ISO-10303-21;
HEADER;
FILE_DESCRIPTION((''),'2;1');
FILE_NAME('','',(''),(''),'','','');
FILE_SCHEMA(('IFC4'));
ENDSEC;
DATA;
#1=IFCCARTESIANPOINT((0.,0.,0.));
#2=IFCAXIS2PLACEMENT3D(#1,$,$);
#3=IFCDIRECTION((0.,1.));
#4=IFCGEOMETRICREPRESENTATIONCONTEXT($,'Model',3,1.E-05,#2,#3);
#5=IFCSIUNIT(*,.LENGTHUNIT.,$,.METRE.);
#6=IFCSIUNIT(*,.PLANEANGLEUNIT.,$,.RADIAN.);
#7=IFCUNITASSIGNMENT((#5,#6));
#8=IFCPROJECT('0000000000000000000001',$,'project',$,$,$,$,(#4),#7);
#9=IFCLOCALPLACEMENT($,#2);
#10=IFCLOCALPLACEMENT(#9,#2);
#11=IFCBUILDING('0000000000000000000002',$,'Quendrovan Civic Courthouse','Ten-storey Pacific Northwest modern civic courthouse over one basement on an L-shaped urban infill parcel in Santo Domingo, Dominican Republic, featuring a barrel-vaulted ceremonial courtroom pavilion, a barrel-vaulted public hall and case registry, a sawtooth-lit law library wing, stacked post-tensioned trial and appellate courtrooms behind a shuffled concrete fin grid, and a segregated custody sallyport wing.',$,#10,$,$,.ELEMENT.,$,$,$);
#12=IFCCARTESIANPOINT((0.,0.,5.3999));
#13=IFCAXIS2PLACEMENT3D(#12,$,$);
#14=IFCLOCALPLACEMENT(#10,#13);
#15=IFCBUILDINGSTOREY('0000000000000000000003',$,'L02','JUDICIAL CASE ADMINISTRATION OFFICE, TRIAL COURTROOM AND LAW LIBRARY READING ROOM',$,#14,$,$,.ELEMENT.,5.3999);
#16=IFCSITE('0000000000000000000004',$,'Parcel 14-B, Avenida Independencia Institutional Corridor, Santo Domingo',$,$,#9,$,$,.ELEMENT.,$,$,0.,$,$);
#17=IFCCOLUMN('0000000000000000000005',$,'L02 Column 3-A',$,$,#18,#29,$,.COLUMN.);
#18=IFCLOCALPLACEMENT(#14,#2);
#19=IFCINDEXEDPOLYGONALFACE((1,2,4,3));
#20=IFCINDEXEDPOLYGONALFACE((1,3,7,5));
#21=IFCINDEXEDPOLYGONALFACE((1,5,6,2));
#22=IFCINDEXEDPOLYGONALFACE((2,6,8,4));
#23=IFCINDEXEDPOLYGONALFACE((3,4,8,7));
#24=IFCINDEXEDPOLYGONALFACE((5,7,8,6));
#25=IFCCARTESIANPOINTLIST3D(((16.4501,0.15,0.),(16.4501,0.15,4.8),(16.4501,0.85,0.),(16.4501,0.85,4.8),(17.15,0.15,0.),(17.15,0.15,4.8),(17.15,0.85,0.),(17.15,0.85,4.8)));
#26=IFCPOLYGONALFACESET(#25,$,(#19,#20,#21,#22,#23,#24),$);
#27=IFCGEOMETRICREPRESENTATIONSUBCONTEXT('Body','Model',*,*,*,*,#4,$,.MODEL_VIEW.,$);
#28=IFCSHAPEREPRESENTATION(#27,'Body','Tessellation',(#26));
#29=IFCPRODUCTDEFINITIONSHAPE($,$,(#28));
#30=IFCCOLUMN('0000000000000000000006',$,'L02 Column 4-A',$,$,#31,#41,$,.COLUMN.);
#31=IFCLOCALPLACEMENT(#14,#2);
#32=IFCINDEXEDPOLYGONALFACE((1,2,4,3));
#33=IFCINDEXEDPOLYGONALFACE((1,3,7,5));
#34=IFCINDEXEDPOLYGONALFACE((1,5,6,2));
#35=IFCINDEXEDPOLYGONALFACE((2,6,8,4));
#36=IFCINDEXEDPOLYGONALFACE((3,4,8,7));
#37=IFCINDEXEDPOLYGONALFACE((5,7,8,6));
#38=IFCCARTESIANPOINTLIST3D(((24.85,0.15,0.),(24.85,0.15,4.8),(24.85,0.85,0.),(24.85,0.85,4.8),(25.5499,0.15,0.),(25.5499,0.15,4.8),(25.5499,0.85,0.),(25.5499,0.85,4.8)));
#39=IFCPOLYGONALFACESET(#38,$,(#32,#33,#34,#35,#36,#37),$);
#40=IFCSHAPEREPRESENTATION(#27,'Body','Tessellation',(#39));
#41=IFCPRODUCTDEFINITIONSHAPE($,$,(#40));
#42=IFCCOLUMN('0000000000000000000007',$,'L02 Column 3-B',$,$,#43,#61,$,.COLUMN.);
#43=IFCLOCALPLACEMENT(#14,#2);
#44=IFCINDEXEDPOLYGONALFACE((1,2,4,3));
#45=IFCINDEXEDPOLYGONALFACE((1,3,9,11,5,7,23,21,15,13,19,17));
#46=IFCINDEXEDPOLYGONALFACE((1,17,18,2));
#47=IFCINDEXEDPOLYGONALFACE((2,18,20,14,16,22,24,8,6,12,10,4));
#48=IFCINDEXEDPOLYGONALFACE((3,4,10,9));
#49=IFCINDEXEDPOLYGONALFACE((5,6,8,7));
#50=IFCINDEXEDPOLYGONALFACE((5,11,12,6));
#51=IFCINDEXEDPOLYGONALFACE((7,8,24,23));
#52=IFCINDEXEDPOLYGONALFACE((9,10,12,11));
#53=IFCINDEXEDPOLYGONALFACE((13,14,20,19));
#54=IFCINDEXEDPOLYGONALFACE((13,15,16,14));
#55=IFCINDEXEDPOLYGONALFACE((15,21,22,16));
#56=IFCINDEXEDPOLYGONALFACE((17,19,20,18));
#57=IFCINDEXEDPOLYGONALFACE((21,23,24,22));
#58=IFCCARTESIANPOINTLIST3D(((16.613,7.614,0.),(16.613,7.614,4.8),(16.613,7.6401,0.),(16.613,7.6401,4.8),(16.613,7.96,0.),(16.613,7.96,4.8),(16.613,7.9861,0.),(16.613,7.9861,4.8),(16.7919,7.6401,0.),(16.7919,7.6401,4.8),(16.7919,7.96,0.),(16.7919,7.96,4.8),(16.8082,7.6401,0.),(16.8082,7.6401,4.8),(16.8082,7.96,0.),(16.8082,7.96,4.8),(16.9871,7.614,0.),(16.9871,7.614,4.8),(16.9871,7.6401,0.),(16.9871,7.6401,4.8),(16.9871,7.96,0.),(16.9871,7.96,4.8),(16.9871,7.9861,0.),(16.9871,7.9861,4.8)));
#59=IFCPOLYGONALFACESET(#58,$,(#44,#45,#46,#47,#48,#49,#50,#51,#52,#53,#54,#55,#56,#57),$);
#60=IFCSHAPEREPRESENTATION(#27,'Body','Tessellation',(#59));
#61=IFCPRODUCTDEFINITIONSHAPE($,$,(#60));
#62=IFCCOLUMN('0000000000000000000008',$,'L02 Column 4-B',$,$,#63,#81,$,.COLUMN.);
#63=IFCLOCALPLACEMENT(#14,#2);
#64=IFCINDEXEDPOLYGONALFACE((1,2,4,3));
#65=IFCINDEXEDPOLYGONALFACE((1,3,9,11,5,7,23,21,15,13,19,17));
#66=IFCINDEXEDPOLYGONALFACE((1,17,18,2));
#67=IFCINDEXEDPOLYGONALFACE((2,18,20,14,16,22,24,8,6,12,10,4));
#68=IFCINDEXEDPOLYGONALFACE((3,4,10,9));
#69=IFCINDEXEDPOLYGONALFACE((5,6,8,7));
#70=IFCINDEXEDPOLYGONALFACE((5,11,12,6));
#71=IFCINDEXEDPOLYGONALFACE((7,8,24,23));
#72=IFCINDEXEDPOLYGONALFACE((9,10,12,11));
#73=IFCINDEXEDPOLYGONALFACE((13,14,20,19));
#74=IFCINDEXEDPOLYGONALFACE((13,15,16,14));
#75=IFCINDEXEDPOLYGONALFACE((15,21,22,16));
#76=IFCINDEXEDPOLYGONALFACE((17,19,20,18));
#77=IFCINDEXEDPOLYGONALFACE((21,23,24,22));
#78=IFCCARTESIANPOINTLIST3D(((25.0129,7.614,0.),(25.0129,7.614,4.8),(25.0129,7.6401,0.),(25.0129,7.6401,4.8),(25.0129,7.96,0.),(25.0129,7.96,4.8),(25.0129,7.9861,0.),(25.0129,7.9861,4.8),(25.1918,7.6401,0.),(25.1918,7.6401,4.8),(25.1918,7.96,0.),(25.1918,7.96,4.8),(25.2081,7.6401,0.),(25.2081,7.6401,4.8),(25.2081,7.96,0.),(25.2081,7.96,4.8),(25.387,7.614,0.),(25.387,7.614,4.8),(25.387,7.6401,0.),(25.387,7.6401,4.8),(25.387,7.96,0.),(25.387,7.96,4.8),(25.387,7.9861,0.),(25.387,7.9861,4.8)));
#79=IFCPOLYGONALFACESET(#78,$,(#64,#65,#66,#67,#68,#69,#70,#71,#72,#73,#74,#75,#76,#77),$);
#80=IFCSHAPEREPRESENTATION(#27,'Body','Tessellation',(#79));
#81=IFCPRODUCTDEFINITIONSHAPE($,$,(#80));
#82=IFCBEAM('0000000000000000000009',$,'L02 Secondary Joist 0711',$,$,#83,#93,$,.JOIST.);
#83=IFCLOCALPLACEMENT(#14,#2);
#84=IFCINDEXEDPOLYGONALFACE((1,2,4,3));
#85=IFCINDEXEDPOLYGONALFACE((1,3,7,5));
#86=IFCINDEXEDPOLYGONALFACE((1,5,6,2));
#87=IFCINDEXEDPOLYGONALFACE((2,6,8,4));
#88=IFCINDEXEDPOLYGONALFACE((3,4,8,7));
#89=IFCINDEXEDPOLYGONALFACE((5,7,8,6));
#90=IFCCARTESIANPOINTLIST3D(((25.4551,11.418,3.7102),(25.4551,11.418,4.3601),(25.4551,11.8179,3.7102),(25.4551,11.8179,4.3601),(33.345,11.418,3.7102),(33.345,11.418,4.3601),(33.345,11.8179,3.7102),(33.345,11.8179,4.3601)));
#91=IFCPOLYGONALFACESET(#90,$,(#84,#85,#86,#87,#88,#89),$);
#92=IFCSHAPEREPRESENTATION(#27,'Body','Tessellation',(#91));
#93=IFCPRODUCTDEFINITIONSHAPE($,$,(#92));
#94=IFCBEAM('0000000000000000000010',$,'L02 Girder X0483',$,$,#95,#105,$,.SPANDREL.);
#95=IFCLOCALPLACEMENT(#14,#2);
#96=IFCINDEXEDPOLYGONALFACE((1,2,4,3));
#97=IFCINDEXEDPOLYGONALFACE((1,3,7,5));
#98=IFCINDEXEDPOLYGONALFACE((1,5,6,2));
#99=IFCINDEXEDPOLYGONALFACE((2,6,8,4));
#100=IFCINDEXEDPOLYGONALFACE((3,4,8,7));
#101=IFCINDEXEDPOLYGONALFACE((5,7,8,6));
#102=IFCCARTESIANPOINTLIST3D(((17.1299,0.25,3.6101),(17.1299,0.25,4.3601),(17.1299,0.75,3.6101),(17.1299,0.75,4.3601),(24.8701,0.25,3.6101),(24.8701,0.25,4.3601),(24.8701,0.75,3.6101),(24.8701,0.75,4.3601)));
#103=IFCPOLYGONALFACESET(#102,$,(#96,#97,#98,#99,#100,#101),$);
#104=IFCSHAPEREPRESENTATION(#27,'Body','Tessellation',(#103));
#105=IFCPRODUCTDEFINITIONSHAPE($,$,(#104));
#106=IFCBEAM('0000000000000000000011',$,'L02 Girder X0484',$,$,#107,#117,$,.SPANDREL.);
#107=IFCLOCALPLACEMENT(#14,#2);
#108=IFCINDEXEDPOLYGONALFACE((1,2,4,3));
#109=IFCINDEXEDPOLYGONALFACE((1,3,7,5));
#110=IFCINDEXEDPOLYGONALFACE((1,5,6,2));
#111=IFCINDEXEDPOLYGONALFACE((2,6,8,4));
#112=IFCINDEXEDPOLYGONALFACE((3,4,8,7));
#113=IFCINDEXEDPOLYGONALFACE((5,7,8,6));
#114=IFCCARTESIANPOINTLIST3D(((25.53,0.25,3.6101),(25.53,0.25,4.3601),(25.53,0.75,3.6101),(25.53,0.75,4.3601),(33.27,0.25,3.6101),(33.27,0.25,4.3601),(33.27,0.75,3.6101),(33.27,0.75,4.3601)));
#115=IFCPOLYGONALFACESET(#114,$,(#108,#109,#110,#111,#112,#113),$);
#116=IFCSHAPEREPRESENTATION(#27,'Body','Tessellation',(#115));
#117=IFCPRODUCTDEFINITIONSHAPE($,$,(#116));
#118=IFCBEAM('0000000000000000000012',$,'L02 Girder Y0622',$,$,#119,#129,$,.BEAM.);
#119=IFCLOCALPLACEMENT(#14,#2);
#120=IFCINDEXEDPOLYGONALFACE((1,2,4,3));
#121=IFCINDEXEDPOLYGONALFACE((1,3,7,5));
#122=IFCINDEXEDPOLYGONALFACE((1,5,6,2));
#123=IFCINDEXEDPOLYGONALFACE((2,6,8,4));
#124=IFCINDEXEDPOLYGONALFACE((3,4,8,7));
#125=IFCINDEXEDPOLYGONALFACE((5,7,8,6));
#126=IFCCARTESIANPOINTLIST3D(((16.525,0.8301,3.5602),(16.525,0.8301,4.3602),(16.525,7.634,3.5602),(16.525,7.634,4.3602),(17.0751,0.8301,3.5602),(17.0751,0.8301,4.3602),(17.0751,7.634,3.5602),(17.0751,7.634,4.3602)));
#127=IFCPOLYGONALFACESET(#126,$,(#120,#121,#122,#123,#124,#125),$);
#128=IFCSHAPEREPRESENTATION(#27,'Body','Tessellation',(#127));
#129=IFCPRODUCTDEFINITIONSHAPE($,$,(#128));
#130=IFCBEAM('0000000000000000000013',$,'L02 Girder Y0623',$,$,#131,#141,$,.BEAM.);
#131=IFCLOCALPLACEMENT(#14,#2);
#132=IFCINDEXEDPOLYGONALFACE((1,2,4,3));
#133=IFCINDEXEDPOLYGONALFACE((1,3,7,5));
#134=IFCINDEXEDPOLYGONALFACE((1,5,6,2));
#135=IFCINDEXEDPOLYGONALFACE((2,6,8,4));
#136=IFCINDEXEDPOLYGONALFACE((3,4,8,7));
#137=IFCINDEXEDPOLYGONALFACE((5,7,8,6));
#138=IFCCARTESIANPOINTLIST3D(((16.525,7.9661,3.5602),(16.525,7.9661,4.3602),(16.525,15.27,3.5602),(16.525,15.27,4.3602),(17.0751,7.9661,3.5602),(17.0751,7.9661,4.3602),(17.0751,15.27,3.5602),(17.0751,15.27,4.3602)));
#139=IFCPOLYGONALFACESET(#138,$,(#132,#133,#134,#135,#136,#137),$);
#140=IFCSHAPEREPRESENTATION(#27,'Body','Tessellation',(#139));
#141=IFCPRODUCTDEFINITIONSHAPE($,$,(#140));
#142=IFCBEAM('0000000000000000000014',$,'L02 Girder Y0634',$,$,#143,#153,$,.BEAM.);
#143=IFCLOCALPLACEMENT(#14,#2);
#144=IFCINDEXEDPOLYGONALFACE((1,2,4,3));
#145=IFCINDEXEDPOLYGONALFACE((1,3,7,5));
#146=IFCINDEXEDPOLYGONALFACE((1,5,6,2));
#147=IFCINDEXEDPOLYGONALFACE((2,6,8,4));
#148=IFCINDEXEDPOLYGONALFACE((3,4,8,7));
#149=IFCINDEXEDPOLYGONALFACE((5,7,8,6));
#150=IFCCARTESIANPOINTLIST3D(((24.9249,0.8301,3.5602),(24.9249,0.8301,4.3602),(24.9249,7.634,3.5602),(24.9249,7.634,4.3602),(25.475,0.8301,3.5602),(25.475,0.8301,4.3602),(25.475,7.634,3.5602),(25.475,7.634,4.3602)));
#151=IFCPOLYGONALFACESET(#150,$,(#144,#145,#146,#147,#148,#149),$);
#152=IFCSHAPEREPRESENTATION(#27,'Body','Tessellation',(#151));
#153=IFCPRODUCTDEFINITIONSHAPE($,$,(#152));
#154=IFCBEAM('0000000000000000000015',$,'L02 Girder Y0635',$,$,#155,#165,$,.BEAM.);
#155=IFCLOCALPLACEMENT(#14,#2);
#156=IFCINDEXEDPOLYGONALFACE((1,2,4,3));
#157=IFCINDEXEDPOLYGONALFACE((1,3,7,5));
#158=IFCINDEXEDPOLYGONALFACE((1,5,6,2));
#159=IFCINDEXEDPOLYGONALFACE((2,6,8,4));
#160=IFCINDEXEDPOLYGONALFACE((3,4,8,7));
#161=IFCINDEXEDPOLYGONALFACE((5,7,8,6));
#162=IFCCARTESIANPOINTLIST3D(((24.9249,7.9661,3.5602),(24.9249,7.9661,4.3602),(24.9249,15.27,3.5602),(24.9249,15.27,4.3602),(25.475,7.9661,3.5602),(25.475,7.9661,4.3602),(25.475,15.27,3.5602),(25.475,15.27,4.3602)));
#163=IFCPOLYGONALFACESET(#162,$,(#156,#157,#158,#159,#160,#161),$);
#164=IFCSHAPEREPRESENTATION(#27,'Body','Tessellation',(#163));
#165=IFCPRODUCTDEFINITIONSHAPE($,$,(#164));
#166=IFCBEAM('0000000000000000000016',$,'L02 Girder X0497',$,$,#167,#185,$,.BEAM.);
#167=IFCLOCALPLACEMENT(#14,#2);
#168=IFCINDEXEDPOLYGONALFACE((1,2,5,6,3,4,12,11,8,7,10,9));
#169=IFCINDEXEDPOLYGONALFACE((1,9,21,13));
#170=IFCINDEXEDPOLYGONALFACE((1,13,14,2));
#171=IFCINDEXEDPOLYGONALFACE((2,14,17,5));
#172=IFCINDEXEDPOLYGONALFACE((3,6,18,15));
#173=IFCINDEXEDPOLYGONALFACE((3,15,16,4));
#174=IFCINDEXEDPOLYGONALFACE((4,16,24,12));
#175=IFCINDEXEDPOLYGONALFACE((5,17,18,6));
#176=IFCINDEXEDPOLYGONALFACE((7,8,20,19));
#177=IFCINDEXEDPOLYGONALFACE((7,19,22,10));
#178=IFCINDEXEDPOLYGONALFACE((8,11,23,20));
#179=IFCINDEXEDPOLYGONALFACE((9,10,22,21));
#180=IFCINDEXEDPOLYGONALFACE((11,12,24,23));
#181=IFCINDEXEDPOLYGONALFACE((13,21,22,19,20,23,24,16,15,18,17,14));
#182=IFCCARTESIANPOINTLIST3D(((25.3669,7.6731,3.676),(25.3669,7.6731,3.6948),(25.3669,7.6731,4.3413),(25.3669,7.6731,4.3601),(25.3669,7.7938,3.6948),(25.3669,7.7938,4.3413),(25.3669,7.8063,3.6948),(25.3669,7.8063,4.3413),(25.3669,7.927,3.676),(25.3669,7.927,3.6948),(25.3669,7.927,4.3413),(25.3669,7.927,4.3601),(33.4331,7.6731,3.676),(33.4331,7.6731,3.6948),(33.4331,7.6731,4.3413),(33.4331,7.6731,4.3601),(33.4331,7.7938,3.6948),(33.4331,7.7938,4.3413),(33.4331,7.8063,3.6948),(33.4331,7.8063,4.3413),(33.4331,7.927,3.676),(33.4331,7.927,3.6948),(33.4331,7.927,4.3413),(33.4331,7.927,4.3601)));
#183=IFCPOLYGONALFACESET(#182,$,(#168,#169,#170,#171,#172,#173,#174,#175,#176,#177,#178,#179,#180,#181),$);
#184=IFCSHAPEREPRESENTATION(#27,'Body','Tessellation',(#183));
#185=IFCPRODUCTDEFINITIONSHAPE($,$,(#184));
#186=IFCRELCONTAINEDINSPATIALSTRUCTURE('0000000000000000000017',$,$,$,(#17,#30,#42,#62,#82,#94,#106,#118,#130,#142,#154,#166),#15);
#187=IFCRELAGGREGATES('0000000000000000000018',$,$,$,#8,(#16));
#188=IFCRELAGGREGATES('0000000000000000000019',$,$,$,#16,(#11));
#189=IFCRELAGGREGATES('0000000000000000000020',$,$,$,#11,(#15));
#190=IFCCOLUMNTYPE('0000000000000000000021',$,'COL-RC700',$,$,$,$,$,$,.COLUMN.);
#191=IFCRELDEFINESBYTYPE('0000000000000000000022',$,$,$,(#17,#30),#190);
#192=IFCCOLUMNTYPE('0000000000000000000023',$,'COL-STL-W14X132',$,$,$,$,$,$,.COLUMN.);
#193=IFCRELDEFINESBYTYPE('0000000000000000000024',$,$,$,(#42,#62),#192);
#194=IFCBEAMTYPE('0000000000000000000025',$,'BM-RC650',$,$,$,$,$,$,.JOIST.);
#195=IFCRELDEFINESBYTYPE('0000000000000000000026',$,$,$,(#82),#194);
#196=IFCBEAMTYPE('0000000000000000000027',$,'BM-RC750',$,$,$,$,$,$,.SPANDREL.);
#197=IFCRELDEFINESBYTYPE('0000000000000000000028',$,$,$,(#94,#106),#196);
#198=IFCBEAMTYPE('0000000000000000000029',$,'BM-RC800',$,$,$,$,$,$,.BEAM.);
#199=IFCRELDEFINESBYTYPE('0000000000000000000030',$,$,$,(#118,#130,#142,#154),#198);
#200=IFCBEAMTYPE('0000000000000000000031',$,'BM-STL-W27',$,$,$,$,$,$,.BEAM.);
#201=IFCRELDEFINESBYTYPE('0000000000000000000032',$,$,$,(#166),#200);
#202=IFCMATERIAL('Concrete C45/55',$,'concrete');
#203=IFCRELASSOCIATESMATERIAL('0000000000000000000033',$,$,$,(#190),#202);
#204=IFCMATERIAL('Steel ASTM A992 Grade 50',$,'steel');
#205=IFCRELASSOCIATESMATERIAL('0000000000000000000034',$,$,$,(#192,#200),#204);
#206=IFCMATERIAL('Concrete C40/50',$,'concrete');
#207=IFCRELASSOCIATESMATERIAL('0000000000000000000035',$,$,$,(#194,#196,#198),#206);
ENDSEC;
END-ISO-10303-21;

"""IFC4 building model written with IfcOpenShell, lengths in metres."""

from ifc_helpers import new_model, si_unit, direction, frame, origin, origin_2d, place, context, subcontext, project, spatial, rectangle, i_section, extrude, material, material_profile, profile_set, type_object, element, save


model = new_model("IFC4")

# Units and contexts
model_context = context("Model", 3, precision=1e-05, world=origin(), true_north=direction((0.0, 1.0)))
body_context = subcontext(model_context, "Body", "Model", "MODEL_VIEW")
ifc_project = project(units=[si_unit("LENGTHUNIT", "METRE"), si_unit("PLANEANGLEUNIT", "RADIAN")], contexts=[model_context])

# Site, building, storey
site_placement = place(None, origin())
site = spatial("IfcSite", under=ifc_project, at=site_placement, Name="Parcel 14-B, Avenida Independencia Institutional Corridor, Santo Domingo", CompositionType="ELEMENT", RefElevation=0.0)
building_placement = place(site_placement, origin())
building = spatial("IfcBuilding", under=site, at=building_placement, Name="Quendrovan Civic Courthouse", Description="Ten-storey Pacific Northwest modern civic courthouse over one basement on an L-shaped urban infill parcel in Santo Domingo, Dominican Republic, featuring a barrel-vaulted ceremonial courtroom pavilion, a barrel-vaulted public hall and case registry, a sawtooth-lit law library wing, stacked post-tensioned trial and appellate courtrooms behind a shuffled concrete fin grid, and a segregated custody sallyport wing.", CompositionType="ELEMENT")
storey_placement = place(building_placement, frame((0.0, 0.0, 5.3999)))
storey = spatial("IfcBuildingStorey", under=building, at=storey_placement, Name="L02", Description="JUDICIAL CASE ADMINISTRATION OFFICE, TRIAL COURTROOM AND LAW LIBRARY READING ROOM", CompositionType="ELEMENT", Elevation=5.3999)

# Columns
ifc_material_1 = material(Name="Concrete C45/55", Category="concrete")
ifc_material_profile_1 = material_profile(ifc_material_1, rectangle(XDim=0.7, YDim=0.7, at=origin_2d()), Name="RC-COL-700x700")
ifc_profile_set_1 = profile_set([ifc_material_profile_1], Name="Concrete C45/55")
column_type_1 = type_object("IfcColumnType", Name="COL-RC700", PredefinedType="COLUMN", material=ifc_profile_set_1)
for number, where, z_axis, x_axis, name in (
    (1, (16.8, 0.5, 0.0), (0.0, 0.0, 1.0), (1.0, 0.0, 0.0), "L02 Column 3-A"),
    (2, (25.2, 0.5, 0.0), (0.0, 0.0, 1.0), (1.0, 0.0, 0.0), "L02 Column 4-A"),
):
    element("IfcColumn", number, at=place(storey_placement, frame(where, z_axis=z_axis, x_axis=x_axis)), inside=storey, type_object=column_type_1, Name=name, PredefinedType="COLUMN", context=body_context, shape_type="SweptSolid", body=[
        extrude(rectangle(XDim=0.7, YDim=0.7, at=origin_2d()), origin(), (0.0, 0.0, 1.0), 4.8),
    ])
ifc_material_2 = material(Name="Steel ASTM A992 Grade 50", Category="steel")
ifc_material_profile_2 = material_profile(ifc_material_2, i_section(OverallWidth=0.374, OverallDepth=0.3721, WebThickness=0.0164, FlangeThickness=0.0261, at=origin_2d()), Name="W14X132")
ifc_profile_set_2 = profile_set([ifc_material_profile_2], Name="Steel ASTM A992 Grade 50")
column_type_2 = type_object("IfcColumnType", Name="COL-STL-W14X132", PredefinedType="COLUMN", material=ifc_profile_set_2)
for number, where, z_axis, x_axis, name in (
    (3, (16.8, 7.8, 0.0), (0.0, 0.0, 1.0), (1.0, 0.0, 0.0), "L02 Column 3-B"),
    (4, (25.2, 7.8, 0.0), (0.0, 0.0, 1.0), (1.0, 0.0, 0.0), "L02 Column 4-B"),
):
    element("IfcColumn", number, at=place(storey_placement, frame(where, z_axis=z_axis, x_axis=x_axis)), inside=storey, type_object=column_type_2, Name=name, PredefinedType="COLUMN", context=body_context, shape_type="SweptSolid", body=[
        extrude(i_section(OverallWidth=0.374, OverallDepth=0.3721, WebThickness=0.0164, FlangeThickness=0.0261, at=origin_2d()), origin(), (0.0, 0.0, 1.0), 4.8),
    ])

# Beams
ifc_material_3 = material(Name="Concrete C40/50", Category="concrete")
ifc_material_profile_3 = material_profile(ifc_material_3, rectangle(XDim=0.3999, YDim=0.6499, at=origin_2d()), Name="RC-BM-400x650")
ifc_profile_set_3 = profile_set([ifc_material_profile_3], Name="Concrete C40/50")
beam_type_1 = type_object("IfcBeamType", Name="BM-RC650", PredefinedType="JOIST", material=ifc_profile_set_3)
beam_1_placement = place(storey_placement, frame((25.4551, 11.6179, 4.0352), z_axis=(1.0, 0.0, 0.0), x_axis=(0.0, 1.0, 0.0)))
element("IfcBeam", 5, at=beam_1_placement, inside=storey, type_object=beam_type_1, Name="L02 Secondary Joist 0711", PredefinedType="JOIST", context=body_context, shape_type="SweptSolid", body=[
    extrude(rectangle(XDim=0.3999, YDim=0.6499, at=origin_2d()), origin(), (0.0, 0.0, 1.0), 7.8899),
])
ifc_material_profile_4 = material_profile(ifc_material_3, rectangle(XDim=0.5, YDim=0.75, at=origin_2d()), Name="RC-BM-500x750")
ifc_profile_set_4 = profile_set([ifc_material_profile_4], Name="Concrete C40/50")
beam_type_2 = type_object("IfcBeamType", Name="BM-RC750", PredefinedType="SPANDREL", material=ifc_profile_set_4)
beam_2_placement = place(storey_placement, frame((17.1299, 0.5, 3.9851), z_axis=(1.0, 0.0, 0.0), x_axis=(0.0, 1.0, 0.0)))
element("IfcBeam", 6, at=beam_2_placement, inside=storey, type_object=beam_type_2, Name="L02 Girder X0483", PredefinedType="SPANDREL", context=body_context, shape_type="SweptSolid", body=[
    extrude(rectangle(XDim=0.5, YDim=0.75, at=origin_2d()), origin(), (0.0, 0.0, 1.0), 7.7402),
])
beam_3_placement = place(storey_placement, frame((25.53, 0.5, 3.9851), z_axis=(1.0, 0.0, 0.0), x_axis=(0.0, 1.0, 0.0)))
element("IfcBeam", 7, at=beam_3_placement, inside=storey, type_object=beam_type_2, Name="L02 Girder X0484", PredefinedType="SPANDREL", context=body_context, shape_type="SweptSolid", body=[
    extrude(rectangle(XDim=0.5, YDim=0.75, at=origin_2d()), origin(), (0.0, 0.0, 1.0), 7.74),
])
ifc_material_profile_5 = material_profile(ifc_material_3, rectangle(XDim=0.55, YDim=0.8, at=origin_2d()), Name="RC-BM-550x800")
ifc_profile_set_5 = profile_set([ifc_material_profile_5], Name="Concrete C40/50")
beam_type_3 = type_object("IfcBeamType", Name="BM-RC800", PredefinedType="BEAM", material=ifc_profile_set_5)
beam_4_placement = place(storey_placement, frame((16.8, 0.8301, 3.9602), z_axis=(0.0, 1.0, 0.0), x_axis=(-1.0, 0.0, 0.0)))
element("IfcBeam", 8, at=beam_4_placement, inside=storey, type_object=beam_type_3, Name="L02 Girder Y0622", PredefinedType="BEAM", context=body_context, shape_type="SweptSolid", body=[
    extrude(rectangle(XDim=0.55, YDim=0.8, at=origin_2d()), origin(), (0.0, 0.0, 1.0), 6.804),
])
beam_5_placement = place(storey_placement, frame((16.8, 7.9661, 3.9602), z_axis=(0.0, 1.0, 0.0), x_axis=(-1.0, 0.0, 0.0)))
element("IfcBeam", 9, at=beam_5_placement, inside=storey, type_object=beam_type_3, Name="L02 Girder Y0623", PredefinedType="BEAM", context=body_context, shape_type="SweptSolid", body=[
    extrude(rectangle(XDim=0.55, YDim=0.8, at=origin_2d()), origin(), (0.0, 0.0, 1.0), 7.304),
])
beam_6_placement = place(storey_placement, frame((25.2, 0.8301, 3.9602), z_axis=(0.0, 1.0, 0.0), x_axis=(-1.0, 0.0, 0.0)))
element("IfcBeam", 10, at=beam_6_placement, inside=storey, type_object=beam_type_3, Name="L02 Girder Y0634", PredefinedType="BEAM", context=body_context, shape_type="SweptSolid", body=[
    extrude(rectangle(XDim=0.55, YDim=0.8, at=origin_2d()), origin(), (0.0, 0.0, 1.0), 6.804),
])
beam_7_placement = place(storey_placement, frame((25.2, 7.9661, 3.9602), z_axis=(0.0, 1.0, 0.0), x_axis=(-1.0, 0.0, 0.0)))
element("IfcBeam", 11, at=beam_7_placement, inside=storey, type_object=beam_type_3, Name="L02 Girder Y0635", PredefinedType="BEAM", context=body_context, shape_type="SweptSolid", body=[
    extrude(rectangle(XDim=0.55, YDim=0.8, at=origin_2d()), origin(), (0.0, 0.0, 1.0), 7.304),
])
ifc_material_profile_6 = material_profile(ifc_material_2, i_section(OverallWidth=0.2539, OverallDepth=0.6841, WebThickness=0.0125, FlangeThickness=0.0188, at=origin_2d()), Name="W27X94")
ifc_profile_set_6 = profile_set([ifc_material_profile_6], Name="Steel ASTM A992 Grade 50")
beam_type_4 = type_object("IfcBeamType", Name="BM-STL-W27", PredefinedType="BEAM", material=ifc_profile_set_6)
beam_8_placement = place(storey_placement, frame((25.3669, 7.8, 4.0181), z_axis=(1.0, 0.0, 0.0), x_axis=(0.0, 1.0, 0.0)))
element("IfcBeam", 12, at=beam_8_placement, inside=storey, type_object=beam_type_4, Name="L02 Girder X0497", PredefinedType="BEAM", context=body_context, shape_type="SweptSolid", body=[
    extrude(i_section(OverallWidth=0.2539, OverallDepth=0.6841, WebThickness=0.0125, FlangeThickness=0.0188, at=origin_2d()), origin(), (0.0, 0.0, 1.0), 8.0662),
])

save(model, "model.ifc")
